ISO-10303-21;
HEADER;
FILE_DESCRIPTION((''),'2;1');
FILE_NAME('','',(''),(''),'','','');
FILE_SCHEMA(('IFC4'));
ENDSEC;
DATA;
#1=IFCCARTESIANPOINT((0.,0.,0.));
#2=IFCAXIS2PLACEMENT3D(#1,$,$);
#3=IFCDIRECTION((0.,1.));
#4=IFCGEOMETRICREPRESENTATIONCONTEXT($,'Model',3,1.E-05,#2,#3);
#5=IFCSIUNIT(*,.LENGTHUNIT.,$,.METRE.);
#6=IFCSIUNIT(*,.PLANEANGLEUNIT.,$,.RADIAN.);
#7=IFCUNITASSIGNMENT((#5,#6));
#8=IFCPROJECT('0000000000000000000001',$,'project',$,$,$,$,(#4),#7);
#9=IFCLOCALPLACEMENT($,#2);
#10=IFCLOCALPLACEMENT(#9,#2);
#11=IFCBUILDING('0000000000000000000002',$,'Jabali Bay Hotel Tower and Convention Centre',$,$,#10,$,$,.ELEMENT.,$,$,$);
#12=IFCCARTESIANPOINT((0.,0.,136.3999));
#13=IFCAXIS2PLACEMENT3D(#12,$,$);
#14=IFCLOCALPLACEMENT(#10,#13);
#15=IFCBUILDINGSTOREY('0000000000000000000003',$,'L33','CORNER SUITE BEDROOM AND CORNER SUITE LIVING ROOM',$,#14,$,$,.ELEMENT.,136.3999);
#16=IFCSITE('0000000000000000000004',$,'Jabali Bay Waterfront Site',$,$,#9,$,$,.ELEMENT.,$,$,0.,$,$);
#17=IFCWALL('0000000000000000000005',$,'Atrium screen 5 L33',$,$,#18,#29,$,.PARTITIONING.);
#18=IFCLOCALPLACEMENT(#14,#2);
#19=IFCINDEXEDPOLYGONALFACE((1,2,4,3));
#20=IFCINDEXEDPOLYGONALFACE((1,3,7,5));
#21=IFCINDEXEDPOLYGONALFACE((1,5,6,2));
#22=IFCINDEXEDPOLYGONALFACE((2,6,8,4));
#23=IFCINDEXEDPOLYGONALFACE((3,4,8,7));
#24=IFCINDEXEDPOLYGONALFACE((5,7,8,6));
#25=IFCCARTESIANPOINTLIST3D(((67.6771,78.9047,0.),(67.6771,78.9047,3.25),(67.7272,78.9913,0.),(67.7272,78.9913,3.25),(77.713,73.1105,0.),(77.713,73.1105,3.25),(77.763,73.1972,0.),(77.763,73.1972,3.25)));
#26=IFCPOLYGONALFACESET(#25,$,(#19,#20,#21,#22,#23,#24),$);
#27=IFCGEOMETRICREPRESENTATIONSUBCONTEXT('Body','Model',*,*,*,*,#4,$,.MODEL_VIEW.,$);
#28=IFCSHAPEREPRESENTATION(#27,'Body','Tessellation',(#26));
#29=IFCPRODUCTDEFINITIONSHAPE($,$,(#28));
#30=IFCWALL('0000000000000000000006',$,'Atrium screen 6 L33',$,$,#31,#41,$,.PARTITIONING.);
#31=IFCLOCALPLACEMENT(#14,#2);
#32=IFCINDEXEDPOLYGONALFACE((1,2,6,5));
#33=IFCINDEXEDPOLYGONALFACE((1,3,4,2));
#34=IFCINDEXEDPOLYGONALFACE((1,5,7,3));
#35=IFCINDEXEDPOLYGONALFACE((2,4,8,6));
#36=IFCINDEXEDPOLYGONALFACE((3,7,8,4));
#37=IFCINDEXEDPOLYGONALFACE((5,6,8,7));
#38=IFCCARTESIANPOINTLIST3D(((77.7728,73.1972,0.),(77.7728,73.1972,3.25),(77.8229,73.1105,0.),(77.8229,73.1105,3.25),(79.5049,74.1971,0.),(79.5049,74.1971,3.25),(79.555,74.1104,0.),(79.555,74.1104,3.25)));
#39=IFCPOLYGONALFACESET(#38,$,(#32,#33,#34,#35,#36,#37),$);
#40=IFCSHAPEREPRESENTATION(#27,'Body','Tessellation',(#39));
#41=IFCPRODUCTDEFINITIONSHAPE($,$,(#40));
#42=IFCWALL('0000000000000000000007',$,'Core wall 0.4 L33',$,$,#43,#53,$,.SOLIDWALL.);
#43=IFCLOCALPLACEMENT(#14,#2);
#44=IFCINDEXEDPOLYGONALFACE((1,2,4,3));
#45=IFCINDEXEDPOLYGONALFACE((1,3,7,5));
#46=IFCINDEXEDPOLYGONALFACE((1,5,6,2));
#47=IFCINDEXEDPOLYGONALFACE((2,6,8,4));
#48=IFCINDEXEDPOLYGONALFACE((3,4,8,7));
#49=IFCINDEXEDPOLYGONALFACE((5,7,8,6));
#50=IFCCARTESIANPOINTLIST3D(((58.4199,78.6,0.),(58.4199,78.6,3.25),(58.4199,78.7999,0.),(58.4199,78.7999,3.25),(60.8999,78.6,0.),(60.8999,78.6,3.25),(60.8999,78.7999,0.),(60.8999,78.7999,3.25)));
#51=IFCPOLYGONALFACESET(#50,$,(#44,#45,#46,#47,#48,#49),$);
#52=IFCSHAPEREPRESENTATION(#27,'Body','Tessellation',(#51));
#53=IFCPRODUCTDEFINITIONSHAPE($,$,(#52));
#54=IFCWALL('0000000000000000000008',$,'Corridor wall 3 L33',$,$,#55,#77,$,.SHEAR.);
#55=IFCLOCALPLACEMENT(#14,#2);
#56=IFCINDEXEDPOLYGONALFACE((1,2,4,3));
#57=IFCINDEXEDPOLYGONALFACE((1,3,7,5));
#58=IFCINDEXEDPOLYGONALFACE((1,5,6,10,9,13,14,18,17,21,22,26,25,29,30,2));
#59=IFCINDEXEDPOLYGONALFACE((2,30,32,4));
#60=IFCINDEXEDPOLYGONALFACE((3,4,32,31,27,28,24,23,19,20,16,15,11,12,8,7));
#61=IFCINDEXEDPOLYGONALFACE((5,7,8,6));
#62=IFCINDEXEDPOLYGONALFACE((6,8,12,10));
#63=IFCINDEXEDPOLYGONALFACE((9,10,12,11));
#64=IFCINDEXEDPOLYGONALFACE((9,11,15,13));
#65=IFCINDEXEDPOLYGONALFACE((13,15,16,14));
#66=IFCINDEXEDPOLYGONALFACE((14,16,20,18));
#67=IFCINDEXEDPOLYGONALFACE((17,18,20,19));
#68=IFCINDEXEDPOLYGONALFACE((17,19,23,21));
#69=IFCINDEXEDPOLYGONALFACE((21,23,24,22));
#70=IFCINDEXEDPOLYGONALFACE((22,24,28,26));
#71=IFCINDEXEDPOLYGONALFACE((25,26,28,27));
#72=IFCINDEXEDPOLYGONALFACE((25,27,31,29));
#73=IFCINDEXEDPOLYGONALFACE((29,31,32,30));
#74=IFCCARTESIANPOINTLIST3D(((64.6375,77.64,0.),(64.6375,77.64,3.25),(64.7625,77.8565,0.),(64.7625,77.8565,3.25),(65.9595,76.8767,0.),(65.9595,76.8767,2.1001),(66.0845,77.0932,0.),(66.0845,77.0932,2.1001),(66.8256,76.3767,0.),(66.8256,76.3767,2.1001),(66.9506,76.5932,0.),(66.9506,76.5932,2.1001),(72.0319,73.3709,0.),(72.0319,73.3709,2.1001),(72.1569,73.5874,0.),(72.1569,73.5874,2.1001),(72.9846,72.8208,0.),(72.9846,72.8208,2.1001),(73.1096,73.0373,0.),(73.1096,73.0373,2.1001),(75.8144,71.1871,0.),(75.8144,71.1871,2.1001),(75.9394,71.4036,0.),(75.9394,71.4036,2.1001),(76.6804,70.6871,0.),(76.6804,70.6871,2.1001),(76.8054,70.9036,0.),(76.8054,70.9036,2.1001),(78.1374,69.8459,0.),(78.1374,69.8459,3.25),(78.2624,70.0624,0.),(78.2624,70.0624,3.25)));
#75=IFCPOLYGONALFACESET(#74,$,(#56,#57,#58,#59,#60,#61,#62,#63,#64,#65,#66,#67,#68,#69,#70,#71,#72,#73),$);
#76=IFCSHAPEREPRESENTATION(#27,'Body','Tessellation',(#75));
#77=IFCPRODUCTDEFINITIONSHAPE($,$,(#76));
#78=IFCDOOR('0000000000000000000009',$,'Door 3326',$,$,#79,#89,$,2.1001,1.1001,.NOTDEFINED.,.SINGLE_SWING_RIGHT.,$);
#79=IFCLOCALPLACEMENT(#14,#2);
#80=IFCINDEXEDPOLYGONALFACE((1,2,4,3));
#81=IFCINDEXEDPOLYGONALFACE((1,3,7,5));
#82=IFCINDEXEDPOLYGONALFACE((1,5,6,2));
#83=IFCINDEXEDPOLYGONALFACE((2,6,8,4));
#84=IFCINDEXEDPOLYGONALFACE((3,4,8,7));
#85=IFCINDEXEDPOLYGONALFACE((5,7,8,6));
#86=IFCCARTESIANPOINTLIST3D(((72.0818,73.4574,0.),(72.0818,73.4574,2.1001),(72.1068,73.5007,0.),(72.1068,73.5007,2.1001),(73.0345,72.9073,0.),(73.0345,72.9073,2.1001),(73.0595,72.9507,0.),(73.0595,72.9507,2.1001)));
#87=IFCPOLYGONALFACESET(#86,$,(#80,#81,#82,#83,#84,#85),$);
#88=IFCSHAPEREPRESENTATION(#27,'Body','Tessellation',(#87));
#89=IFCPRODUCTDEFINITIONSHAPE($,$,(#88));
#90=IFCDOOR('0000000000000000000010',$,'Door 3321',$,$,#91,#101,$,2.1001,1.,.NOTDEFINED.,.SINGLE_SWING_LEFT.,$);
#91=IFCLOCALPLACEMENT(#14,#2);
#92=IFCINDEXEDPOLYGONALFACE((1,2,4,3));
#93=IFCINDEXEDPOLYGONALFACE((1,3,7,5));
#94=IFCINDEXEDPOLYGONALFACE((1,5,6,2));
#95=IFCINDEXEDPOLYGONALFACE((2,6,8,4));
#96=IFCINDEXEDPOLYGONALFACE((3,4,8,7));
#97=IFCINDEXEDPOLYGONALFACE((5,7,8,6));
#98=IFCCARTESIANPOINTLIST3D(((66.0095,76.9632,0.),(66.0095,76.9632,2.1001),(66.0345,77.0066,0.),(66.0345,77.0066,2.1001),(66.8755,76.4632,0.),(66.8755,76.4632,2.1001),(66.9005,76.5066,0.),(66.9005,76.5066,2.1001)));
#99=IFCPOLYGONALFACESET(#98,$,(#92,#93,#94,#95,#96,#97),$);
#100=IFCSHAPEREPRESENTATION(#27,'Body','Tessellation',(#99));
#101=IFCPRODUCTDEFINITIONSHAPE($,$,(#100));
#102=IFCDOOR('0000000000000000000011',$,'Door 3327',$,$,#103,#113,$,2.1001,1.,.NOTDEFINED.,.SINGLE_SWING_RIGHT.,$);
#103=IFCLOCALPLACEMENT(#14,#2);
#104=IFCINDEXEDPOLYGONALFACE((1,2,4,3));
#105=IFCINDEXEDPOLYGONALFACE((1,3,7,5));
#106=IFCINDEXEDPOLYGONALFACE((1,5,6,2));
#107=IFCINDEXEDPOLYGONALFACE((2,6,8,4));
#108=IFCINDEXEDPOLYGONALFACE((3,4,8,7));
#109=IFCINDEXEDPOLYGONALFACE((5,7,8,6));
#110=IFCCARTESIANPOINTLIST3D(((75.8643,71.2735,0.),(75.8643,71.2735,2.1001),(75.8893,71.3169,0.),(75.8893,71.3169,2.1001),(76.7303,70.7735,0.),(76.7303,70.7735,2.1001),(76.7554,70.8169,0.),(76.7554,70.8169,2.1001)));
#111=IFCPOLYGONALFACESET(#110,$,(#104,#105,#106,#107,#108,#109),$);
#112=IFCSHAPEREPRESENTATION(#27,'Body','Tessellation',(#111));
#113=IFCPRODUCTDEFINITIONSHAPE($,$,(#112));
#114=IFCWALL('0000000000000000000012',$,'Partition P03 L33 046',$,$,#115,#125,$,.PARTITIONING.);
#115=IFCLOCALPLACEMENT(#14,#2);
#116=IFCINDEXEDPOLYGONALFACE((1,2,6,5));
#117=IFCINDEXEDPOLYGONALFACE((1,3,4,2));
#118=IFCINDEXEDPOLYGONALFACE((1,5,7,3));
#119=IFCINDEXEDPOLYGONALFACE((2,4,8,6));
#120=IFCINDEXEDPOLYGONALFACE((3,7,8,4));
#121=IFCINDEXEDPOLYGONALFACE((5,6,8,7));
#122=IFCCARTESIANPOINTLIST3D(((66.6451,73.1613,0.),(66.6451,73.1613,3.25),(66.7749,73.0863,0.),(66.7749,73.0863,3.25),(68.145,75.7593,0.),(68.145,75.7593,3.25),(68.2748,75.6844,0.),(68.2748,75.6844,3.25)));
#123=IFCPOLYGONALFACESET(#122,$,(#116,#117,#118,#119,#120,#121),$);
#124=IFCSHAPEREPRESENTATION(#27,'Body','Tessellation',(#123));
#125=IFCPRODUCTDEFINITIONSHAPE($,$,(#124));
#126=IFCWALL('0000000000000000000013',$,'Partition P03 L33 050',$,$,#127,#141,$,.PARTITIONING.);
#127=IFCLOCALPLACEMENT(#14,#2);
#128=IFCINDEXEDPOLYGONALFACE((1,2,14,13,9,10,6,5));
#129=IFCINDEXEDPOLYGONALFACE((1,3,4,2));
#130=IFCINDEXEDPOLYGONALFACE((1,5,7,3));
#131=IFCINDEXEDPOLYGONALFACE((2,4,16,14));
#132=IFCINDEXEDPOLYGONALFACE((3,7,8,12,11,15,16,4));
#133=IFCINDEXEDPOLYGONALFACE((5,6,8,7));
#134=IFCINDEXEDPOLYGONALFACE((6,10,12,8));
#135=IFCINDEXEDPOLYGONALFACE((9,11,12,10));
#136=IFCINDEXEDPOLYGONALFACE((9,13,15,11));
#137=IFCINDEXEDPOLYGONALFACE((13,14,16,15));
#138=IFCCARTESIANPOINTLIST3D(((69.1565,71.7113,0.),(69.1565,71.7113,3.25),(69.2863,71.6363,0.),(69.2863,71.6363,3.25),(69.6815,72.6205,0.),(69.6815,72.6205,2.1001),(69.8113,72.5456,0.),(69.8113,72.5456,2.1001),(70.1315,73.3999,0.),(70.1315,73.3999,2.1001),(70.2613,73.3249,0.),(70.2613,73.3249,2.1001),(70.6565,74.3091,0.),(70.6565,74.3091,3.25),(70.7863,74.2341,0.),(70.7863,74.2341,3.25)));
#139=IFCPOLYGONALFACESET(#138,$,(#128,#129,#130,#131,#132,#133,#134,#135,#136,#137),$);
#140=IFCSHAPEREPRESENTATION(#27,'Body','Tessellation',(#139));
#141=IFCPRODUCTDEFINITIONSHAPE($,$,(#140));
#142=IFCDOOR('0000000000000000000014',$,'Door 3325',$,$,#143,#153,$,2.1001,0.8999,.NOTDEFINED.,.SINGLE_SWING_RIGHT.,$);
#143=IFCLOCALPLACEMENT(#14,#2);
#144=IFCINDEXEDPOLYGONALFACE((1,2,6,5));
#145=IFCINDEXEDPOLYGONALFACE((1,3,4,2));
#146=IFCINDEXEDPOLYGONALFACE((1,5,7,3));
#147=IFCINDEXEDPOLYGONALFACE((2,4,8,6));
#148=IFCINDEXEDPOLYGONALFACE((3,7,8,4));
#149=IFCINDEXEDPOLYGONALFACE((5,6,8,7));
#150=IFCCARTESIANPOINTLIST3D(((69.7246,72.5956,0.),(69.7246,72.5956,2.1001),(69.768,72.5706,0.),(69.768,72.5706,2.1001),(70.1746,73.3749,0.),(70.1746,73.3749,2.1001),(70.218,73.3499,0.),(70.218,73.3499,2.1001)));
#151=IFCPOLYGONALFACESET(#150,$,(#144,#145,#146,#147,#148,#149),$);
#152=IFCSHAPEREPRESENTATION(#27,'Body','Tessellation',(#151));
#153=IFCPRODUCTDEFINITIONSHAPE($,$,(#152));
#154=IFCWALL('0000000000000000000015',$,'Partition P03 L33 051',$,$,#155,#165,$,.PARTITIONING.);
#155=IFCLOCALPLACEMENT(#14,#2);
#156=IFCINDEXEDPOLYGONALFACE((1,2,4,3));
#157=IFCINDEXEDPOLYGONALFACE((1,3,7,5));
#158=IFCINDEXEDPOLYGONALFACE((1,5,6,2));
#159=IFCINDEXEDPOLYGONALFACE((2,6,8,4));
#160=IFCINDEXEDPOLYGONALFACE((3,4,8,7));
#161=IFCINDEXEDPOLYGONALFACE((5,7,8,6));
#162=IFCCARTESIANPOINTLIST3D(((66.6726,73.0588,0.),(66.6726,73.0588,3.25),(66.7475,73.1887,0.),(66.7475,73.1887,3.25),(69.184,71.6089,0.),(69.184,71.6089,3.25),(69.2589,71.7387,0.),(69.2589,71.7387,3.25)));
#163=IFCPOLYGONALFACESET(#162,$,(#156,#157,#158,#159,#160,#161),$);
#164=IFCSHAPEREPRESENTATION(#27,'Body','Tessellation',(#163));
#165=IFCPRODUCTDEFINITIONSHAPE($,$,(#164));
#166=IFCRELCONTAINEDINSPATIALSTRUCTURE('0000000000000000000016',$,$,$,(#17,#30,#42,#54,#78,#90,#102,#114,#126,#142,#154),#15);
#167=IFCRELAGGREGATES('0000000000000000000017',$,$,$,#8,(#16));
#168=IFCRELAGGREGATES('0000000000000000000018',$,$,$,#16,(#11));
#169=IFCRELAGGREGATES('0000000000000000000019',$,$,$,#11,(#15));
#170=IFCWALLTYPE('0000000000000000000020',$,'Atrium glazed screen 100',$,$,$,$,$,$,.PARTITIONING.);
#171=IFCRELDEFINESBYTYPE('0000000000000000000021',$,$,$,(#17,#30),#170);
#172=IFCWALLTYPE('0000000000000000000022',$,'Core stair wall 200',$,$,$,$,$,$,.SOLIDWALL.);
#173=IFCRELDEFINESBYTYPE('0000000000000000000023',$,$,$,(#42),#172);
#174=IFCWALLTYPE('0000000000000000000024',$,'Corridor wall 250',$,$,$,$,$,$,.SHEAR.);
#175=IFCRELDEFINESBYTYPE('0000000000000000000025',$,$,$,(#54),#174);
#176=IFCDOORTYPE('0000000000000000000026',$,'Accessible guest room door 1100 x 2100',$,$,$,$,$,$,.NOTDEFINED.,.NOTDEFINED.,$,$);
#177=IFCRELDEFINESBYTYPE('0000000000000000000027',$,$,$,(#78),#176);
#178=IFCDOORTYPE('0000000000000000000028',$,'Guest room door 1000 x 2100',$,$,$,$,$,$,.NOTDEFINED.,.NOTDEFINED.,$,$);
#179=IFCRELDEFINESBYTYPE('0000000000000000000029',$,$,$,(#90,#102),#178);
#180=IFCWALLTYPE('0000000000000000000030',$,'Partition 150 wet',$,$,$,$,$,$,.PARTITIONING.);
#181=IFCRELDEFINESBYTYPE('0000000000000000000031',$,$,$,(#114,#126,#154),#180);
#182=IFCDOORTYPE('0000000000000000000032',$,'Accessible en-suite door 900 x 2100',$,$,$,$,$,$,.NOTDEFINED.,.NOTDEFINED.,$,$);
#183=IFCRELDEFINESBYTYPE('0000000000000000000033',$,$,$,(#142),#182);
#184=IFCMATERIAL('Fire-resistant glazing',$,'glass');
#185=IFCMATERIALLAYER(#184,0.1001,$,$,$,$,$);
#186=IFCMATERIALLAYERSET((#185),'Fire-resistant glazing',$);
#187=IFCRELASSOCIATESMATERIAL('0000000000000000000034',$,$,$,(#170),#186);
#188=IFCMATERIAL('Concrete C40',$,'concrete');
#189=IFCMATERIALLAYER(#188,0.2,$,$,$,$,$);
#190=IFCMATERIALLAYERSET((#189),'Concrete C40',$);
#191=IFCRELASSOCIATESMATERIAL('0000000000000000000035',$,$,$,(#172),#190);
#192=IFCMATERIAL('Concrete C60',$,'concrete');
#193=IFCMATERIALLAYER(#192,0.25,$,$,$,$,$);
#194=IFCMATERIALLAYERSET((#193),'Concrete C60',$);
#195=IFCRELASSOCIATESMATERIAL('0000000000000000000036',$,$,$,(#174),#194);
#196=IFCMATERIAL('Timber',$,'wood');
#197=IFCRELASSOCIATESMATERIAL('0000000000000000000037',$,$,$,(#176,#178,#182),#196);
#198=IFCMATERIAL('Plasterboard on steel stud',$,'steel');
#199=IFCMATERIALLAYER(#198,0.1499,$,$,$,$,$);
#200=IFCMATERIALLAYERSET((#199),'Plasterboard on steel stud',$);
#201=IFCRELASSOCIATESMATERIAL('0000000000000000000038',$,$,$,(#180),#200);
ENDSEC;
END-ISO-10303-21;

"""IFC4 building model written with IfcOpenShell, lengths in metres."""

from ifc_helpers import new_model, si_unit, direction, frame, frame_2d, origin, place, context, subcontext, project, spatial, rectangle, extrude, material, layer, layer_set, type_object, element, fill, save


model = new_model("IFC4")

# Units and contexts
model_context = context("Model", 3, precision=1e-05, world=origin(), true_north=direction((0.0, 1.0)))
body_context = subcontext(model_context, "Body", "Model", "MODEL_VIEW")
ifc_project = project(units=[si_unit("LENGTHUNIT", "METRE"), si_unit("PLANEANGLEUNIT", "RADIAN")], contexts=[model_context])

# Site, building, storey
site_placement = place(None, origin())
site = spatial("IfcSite", under=ifc_project, at=site_placement, Name="Jabali Bay Waterfront Site", CompositionType="ELEMENT", RefElevation=0.0)
building_placement = place(site_placement, origin())
building = spatial("IfcBuilding", under=site, at=building_placement, Name="Jabali Bay Hotel Tower and Convention Centre", CompositionType="ELEMENT")
storey_placement = place(building_placement, frame((0.0, 0.0, 136.3999)))
storey = spatial("IfcBuildingStorey", under=building, at=storey_placement, Name="L33", Description="CORNER SUITE BEDROOM AND CORNER SUITE LIVING ROOM", CompositionType="ELEMENT", Elevation=136.3999)

# Walls
ifc_material_1 = material(Name="Fire-resistant glazing", Category="glass")
ifc_layer_1 = layer(ifc_material_1, 0.1001)
ifc_layer_set_1 = layer_set([ifc_layer_1], Name="Fire-resistant glazing")
wall_type_1 = type_object("IfcWallType", Name="Atrium glazed screen 100", PredefinedType="PARTITIONING", material=ifc_layer_set_1)
wall_1_placement = place(storey_placement, frame((67.7021, 78.948, 0.0), z_axis=(0.0, 0.0, 1.0), x_axis=(0.866027, -0.499998, 0.0)))
element("IfcWall", 1, at=wall_1_placement, inside=storey, type_object=wall_type_1, Name="Atrium screen 5 L33", PredefinedType="PARTITIONING", context=body_context, shape_type="SweptSolid", body=[
    extrude(rectangle(XDim=11.5884, YDim=0.1001, at=frame_2d((5.7942, 0.0))), origin(), (0.0, 0.0, 1.0), 3.25),
])
wall_2_placement = place(storey_placement, frame((77.7979, 73.1538, 0.0), z_axis=(0.0, 0.0, 1.0), x_axis=(0.866041, 0.499973, 0.0)))
element("IfcWall", 2, at=wall_2_placement, inside=storey, type_object=wall_type_1, Name="Atrium screen 6 L33", PredefinedType="PARTITIONING", context=body_context, shape_type="SweptSolid", body=[
    extrude(rectangle(XDim=2.0, YDim=0.1001, at=frame_2d((1.0, 0.0))), origin(), (0.0, 0.0, 1.0), 3.25),
])
ifc_material_2 = material(Name="Concrete C40", Category="concrete")
ifc_layer_2 = layer(ifc_material_2, 0.2)
ifc_layer_set_2 = layer_set([ifc_layer_2], Name="Concrete C40")
wall_type_2 = type_object("IfcWallType", Name="Core stair wall 200", PredefinedType="SOLIDWALL", material=ifc_layer_set_2)
wall_3_placement = place(storey_placement, frame((60.8999, 78.7, 0.0), z_axis=(0.0, 0.0, 1.0), x_axis=(-1.0, 0.0, 0.0)))
element("IfcWall", 3, at=wall_3_placement, inside=storey, type_object=wall_type_2, Name="Core wall 0.4 L33", PredefinedType="SOLIDWALL", context=body_context, shape_type="SweptSolid", body=[
    extrude(rectangle(XDim=2.48, YDim=0.2, at=frame_2d((1.24, 0.0))), origin(), (0.0, 0.0, 1.0), 3.25),
])

# Wall, openings, doors
ifc_material_3 = material(Name="Concrete C60", Category="concrete")
ifc_layer_3 = layer(ifc_material_3, 0.25)
ifc_layer_set_3 = layer_set([ifc_layer_3], Name="Concrete C60")
wall_type_3 = type_object("IfcWallType", Name="Corridor wall 250", PredefinedType="SHEAR", material=ifc_layer_set_3)
wall_4_placement = place(storey_placement, frame((64.7, 77.7483, 0.0), z_axis=(0.0, 0.0, 1.0), x_axis=(0.866026, -0.499998, 0.0)))
wall_4 = element("IfcWall", 4, at=wall_4_placement, inside=storey, type_object=wall_type_3, Name="Corridor wall 3 L33", PredefinedType="SHEAR", context=body_context, shape_type="SweptSolid", body=[
    extrude(rectangle(XDim=15.5884, YDim=0.25, at=frame_2d((7.7942, 0.0))), origin(), (0.0, 0.0, 1.0), 3.25),
])
opening_1_placement = place(wall_4_placement, frame((1.5266, 0.0, 0.0)))
opening_1 = element("IfcOpeningElement", 5, at=opening_1_placement, cuts=wall_4, PredefinedType="OPENING", context=body_context, shape_type="SweptSolid", body=[
    extrude(rectangle(XDim=1.0, YDim=2.1001, at=frame_2d((0.5, 1.05))), frame((0.0, 0.1355, 0.0), z_axis=(0.0, -1.0, 0.0), x_axis=(1.0, 0.0, 0.0)), (0.0, 0.0, 1.0), 0.271),
])
opening_2_placement = place(wall_4_placement, frame((8.5383, 0.0, 0.0)))
opening_2 = element("IfcOpeningElement", 6, at=opening_2_placement, cuts=wall_4, PredefinedType="OPENING", context=body_context, shape_type="SweptSolid", body=[
    extrude(rectangle(XDim=1.1001, YDim=2.1001, at=frame_2d((0.55, 1.05))), frame((0.0, 0.1355, 0.0), z_axis=(0.0, -1.0, 0.0), x_axis=(1.0, 0.0, 0.0)), (0.0, 0.0, 1.0), 0.271),
])
opening_3_placement = place(wall_4_placement, frame((12.906, 0.0, 0.0)))
opening_3 = element("IfcOpeningElement", 7, at=opening_3_placement, cuts=wall_4, PredefinedType="OPENING", context=body_context, shape_type="SweptSolid", body=[
    extrude(rectangle(XDim=1.0, YDim=2.1001, at=frame_2d((0.5, 1.05))), frame((0.0, 0.1355, 0.0), z_axis=(0.0, -1.0, 0.0), x_axis=(1.0, 0.0, 0.0)), (0.0, 0.0, 1.0), 0.271),
])
ifc_material_4 = material(Name="Timber", Category="wood")
door_type_1 = type_object("IfcDoorType", Name="Accessible guest room door 1100 x 2100", OperationType="NOTDEFINED", PredefinedType="NOTDEFINED", material=ifc_material_4)
door_1_placement = place(opening_2_placement, origin())
door_1 = element("IfcDoor", 8, at=door_1_placement, inside=storey, type_object=door_type_1, Name="Door 3326", OperationType="SINGLE_SWING_RIGHT", OverallHeight=2.1001, OverallWidth=1.1001, PredefinedType="NOTDEFINED", context=body_context, shape_type="SweptSolid", body=[
    extrude(rectangle(XDim=1.1001, YDim=2.1001, at=frame_2d((0.55, 1.05))), frame((0.0, 0.0249, 0.0), z_axis=(0.0, -1.0, 0.0), x_axis=(1.0, 0.0, 0.0)), (0.0, 0.0, 1.0), 0.05),
])
fill(opening_2, door_1)
door_type_2 = type_object("IfcDoorType", Name="Guest room door 1000 x 2100", OperationType="NOTDEFINED", PredefinedType="NOTDEFINED", material=ifc_material_4)
door_2_placement = place(opening_1_placement, origin())
door_2 = element("IfcDoor", 9, at=door_2_placement, inside=storey, type_object=door_type_2, Name="Door 3321", OperationType="SINGLE_SWING_LEFT", OverallHeight=2.1001, OverallWidth=1.0, PredefinedType="NOTDEFINED", context=body_context, shape_type="SweptSolid", body=[
    extrude(rectangle(XDim=1.0, YDim=2.1001, at=frame_2d((0.5, 1.05))), frame((0.0, 0.0249, 0.0), z_axis=(0.0, -1.0, 0.0), x_axis=(1.0, 0.0, 0.0)), (0.0, 0.0, 1.0), 0.05),
])
fill(opening_1, door_2)
door_3_placement = place(opening_3_placement, origin())
door_3 = element("IfcDoor", 10, at=door_3_placement, inside=storey, type_object=door_type_2, Name="Door 3327", OperationType="SINGLE_SWING_RIGHT", OverallHeight=2.1001, OverallWidth=1.0, PredefinedType="NOTDEFINED", context=body_context, shape_type="SweptSolid", body=[
    extrude(rectangle(XDim=1.0, YDim=2.1001, at=frame_2d((0.5, 1.05))), frame((0.0, 0.0249, 0.0), z_axis=(0.0, -1.0, 0.0), x_axis=(1.0, 0.0, 0.0)), (0.0, 0.0, 1.0), 0.05),
])
fill(opening_3, door_3)

# Wall
ifc_material_5 = material(Name="Plasterboard on steel stud", Category="steel")
ifc_layer_4 = layer(ifc_material_5, 0.1499)
ifc_layer_set_4 = layer_set([ifc_layer_4], Name="Plasterboard on steel stud")
wall_type_4 = type_object("IfcWallType", Name="Partition 150 wet", PredefinedType="PARTITIONING", material=ifc_layer_set_4)
wall_5_placement = place(storey_placement, frame((66.71, 73.1238, 0.0), z_axis=(0.0, 0.0, 1.0), x_axis=(0.49999, 0.866031, 0.0)))
element("IfcWall", 11, at=wall_5_placement, inside=storey, type_object=wall_type_4, Name="Partition P03 L33 046", PredefinedType="PARTITIONING", context=body_context, shape_type="SweptSolid", body=[
    extrude(rectangle(XDim=3.0, YDim=0.1499, at=frame_2d((1.5, 0.0))), origin(), (0.0, 0.0, 1.0), 3.25),
])

# Wall, opening, door
wall_6_placement = place(storey_placement, frame((70.7214, 74.2717, 0.0), z_axis=(0.0, 0.0, 1.0), x_axis=(-0.500025, -0.866011, 0.0)))
wall_6 = element("IfcWall", 12, at=wall_6_placement, inside=storey, type_object=wall_type_4, Name="Partition P03 L33 050", PredefinedType="PARTITIONING", context=body_context, shape_type="SweptSolid", body=[
    extrude(rectangle(XDim=2.9998, YDim=0.1499, at=frame_2d((1.5, 0.0))), origin(), (0.0, 0.0, 1.0), 3.25),
])
opening_4_placement = place(wall_6_placement, frame((1.05, 0.0, 0.0)))
opening_4 = element("IfcOpeningElement", 13, at=opening_4_placement, cuts=wall_6, PredefinedType="OPENING", context=body_context, shape_type="SweptSolid", body=[
    extrude(rectangle(XDim=0.8999, YDim=2.1001, at=frame_2d((0.45, 1.05))), frame((0.0, 0.0854, 0.0), z_axis=(0.0, -1.0, 0.0), x_axis=(1.0, 0.0, 0.0)), (0.0, 0.0, 1.0), 0.1709),
])
door_type_3 = type_object("IfcDoorType", Name="Accessible en-suite door 900 x 2100", OperationType="NOTDEFINED", PredefinedType="NOTDEFINED", material=ifc_material_4)
door_4_placement = place(opening_4_placement, origin())
door_4 = element("IfcDoor", 14, at=door_4_placement, inside=storey, type_object=door_type_3, Name="Door 3325", OperationType="SINGLE_SWING_RIGHT", OverallHeight=2.1001, OverallWidth=0.8999, PredefinedType="NOTDEFINED", context=body_context, shape_type="SweptSolid", body=[
    extrude(rectangle(XDim=0.8999, YDim=2.1001, at=frame_2d((0.45, 1.05))), frame((0.0, 0.0249, 0.0), z_axis=(0.0, -1.0, 0.0), x_axis=(1.0, 0.0, 0.0)), (0.0, 0.0, 1.0), 0.05),
])
fill(opening_4, door_4)

# Wall
wall_7_placement = place(storey_placement, frame((69.2214, 71.6738, 0.0), z_axis=(0.0, 0.0, 1.0), x_axis=(-0.866033, 0.499987, 0.0)))
element("IfcWall", 15, at=wall_7_placement, inside=storey, type_object=wall_type_4, Name="Partition P03 L33 051", PredefinedType="PARTITIONING", context=body_context, shape_type="SweptSolid", body=[
    extrude(rectangle(XDim=2.8999, YDim=0.1499, at=frame_2d((1.45, 0.0))), origin(), (0.0, 0.0, 1.0), 3.25),
])

save(model, "model.ifc")
